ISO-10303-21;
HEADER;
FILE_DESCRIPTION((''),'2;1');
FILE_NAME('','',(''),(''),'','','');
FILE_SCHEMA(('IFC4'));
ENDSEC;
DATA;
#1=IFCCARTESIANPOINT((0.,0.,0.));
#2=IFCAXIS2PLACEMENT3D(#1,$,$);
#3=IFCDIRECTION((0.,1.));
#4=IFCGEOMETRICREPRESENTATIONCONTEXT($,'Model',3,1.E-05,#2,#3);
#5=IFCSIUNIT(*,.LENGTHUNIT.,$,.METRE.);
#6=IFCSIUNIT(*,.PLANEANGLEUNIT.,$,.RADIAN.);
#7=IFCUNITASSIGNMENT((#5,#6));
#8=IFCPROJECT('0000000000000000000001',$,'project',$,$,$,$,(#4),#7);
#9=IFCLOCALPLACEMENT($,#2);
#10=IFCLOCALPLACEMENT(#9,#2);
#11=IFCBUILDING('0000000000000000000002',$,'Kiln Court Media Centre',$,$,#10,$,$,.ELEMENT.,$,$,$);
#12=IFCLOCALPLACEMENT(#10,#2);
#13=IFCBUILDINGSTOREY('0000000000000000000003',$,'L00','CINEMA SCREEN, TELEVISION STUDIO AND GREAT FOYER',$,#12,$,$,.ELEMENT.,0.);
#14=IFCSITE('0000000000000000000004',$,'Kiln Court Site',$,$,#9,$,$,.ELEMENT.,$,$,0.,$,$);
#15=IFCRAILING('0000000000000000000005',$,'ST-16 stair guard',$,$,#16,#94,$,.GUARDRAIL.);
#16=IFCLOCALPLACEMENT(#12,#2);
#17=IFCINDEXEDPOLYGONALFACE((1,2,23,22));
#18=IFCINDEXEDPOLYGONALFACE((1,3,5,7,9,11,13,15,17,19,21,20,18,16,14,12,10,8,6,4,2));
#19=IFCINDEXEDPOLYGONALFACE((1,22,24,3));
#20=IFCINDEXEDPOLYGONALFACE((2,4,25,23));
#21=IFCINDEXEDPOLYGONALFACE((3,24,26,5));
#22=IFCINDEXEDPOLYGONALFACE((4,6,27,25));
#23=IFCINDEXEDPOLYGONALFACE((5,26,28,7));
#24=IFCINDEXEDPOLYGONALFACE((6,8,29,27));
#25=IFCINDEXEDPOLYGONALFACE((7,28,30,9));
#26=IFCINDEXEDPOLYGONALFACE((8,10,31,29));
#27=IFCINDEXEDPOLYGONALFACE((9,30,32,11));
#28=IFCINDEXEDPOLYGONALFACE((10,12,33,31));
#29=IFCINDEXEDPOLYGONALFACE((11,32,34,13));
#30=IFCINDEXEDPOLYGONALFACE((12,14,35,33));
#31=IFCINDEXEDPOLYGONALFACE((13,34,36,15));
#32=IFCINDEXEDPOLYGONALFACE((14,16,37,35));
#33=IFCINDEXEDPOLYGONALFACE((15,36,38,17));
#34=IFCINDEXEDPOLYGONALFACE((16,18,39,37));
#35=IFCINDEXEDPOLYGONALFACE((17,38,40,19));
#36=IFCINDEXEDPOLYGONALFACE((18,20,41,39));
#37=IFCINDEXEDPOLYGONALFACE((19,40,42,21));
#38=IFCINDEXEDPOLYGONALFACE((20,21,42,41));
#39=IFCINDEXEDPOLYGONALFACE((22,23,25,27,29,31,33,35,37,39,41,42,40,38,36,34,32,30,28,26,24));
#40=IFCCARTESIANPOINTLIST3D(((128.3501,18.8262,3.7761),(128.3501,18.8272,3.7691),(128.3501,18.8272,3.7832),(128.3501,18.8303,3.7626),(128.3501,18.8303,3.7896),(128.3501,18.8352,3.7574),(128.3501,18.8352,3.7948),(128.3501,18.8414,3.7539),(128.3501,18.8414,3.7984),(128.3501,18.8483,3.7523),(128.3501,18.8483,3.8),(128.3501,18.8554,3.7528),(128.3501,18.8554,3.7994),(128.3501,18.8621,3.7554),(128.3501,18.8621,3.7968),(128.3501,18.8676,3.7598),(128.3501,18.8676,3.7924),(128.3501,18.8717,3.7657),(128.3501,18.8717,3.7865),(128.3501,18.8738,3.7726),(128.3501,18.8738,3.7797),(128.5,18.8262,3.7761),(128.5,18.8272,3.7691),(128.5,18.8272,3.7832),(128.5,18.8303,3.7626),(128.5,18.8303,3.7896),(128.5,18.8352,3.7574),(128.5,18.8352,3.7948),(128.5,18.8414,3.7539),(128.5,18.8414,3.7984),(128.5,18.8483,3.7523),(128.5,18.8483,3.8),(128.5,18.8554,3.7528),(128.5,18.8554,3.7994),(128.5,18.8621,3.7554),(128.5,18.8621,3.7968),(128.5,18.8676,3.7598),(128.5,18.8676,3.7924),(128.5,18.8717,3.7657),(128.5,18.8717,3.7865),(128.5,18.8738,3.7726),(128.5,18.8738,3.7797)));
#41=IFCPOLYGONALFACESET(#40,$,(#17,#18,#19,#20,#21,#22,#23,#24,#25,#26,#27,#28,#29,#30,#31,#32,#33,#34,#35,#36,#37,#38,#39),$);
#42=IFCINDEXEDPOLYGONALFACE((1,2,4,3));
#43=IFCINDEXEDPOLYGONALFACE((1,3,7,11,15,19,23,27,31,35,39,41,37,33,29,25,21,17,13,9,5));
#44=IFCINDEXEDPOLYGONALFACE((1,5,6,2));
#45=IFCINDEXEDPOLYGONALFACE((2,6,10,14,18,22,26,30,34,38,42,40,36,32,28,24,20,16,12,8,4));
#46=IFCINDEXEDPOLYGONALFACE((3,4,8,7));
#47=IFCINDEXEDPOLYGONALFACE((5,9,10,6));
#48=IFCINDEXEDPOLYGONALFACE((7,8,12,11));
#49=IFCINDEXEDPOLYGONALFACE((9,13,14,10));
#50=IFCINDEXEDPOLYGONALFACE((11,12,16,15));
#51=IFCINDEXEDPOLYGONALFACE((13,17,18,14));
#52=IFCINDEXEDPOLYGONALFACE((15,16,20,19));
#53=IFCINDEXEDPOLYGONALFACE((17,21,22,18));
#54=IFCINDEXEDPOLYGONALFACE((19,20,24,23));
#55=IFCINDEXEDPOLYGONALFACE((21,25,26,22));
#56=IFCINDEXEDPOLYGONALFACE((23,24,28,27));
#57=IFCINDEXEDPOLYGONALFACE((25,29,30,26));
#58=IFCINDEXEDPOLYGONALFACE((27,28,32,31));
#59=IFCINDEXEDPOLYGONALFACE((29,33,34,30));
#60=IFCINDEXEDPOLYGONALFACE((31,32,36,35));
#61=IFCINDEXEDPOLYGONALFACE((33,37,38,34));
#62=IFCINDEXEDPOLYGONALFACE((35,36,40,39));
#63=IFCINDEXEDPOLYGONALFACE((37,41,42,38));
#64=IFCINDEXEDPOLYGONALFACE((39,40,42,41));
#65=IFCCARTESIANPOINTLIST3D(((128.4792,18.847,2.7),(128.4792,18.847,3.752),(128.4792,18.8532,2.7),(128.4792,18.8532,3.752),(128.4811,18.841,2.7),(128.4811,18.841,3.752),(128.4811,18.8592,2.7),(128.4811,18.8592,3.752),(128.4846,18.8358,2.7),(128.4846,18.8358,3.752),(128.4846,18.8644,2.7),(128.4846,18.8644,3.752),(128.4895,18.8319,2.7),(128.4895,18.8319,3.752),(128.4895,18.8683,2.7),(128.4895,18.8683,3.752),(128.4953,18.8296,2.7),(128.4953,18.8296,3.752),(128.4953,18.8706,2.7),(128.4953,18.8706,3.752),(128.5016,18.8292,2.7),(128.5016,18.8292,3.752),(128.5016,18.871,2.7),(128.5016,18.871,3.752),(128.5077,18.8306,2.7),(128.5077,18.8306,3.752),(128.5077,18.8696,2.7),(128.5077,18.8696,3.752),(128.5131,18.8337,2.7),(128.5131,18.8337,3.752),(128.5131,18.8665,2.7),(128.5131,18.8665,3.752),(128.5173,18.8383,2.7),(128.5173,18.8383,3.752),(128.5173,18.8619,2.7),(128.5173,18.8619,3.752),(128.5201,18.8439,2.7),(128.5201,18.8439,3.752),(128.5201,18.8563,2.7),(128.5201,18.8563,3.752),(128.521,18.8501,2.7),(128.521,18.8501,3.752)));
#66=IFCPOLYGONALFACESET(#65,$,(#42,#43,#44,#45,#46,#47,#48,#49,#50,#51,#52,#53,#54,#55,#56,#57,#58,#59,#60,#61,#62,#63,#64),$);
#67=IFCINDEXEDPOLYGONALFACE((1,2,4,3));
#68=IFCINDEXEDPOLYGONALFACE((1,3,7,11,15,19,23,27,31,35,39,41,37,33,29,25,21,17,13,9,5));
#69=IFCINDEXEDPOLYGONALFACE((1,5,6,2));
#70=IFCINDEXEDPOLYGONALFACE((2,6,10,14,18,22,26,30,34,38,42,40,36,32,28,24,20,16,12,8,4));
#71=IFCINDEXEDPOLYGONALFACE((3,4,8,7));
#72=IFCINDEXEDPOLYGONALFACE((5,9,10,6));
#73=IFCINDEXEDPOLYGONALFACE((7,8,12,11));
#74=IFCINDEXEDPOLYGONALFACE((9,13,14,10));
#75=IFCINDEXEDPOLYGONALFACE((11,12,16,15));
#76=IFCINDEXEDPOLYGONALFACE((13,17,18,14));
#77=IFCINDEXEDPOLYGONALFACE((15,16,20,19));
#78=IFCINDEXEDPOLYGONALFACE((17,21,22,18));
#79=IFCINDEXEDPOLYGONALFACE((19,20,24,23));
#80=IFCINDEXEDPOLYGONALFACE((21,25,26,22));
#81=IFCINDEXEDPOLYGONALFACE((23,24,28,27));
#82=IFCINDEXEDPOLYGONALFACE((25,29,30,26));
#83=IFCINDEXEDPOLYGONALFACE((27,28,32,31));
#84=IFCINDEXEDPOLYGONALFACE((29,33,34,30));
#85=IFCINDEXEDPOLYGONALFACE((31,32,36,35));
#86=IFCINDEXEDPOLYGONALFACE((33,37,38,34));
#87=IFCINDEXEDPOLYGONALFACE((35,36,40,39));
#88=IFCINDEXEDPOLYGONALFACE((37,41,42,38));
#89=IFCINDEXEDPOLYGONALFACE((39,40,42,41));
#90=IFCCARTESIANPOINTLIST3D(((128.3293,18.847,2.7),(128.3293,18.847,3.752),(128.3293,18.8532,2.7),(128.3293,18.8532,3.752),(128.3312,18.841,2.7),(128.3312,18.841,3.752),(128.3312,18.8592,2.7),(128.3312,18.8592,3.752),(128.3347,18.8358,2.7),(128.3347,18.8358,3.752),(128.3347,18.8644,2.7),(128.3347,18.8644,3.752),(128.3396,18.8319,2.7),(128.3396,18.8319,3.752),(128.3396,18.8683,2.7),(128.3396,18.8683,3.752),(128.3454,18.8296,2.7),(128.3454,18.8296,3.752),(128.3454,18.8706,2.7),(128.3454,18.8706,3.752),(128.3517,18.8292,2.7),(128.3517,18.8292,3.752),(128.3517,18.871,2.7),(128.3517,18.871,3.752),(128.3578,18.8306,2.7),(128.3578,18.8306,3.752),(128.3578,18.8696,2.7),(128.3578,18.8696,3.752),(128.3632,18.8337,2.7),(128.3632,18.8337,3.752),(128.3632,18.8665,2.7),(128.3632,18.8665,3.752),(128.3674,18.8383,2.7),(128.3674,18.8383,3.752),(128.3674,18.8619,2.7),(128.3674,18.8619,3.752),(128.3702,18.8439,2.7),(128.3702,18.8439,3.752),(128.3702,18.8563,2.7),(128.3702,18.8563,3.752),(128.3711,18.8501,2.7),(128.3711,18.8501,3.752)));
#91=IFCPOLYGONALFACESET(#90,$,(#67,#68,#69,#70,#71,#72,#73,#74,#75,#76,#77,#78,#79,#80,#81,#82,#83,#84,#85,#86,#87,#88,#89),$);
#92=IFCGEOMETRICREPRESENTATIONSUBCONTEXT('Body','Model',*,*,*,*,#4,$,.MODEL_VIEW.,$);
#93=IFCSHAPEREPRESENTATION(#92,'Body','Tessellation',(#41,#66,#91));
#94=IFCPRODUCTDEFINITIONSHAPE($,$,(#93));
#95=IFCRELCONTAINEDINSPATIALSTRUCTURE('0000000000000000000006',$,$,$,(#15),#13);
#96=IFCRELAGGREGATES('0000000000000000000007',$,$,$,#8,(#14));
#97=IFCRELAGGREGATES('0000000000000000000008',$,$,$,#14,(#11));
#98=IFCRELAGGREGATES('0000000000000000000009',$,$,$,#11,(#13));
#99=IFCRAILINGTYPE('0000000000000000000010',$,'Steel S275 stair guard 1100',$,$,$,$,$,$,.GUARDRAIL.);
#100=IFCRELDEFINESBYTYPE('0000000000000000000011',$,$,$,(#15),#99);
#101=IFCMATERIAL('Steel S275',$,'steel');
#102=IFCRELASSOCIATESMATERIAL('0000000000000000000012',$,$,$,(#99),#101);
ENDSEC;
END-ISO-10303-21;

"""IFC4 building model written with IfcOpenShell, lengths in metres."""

from ifc_helpers import new_model, si_unit, direction, frame, origin, origin_2d, place, context, subcontext, project, spatial, circle, extrude, material, type_object, element, save


model = new_model("IFC4")

# Units and contexts
model_context = context("Model", 3, precision=1e-05, world=origin(), true_north=direction((0.0, 1.0)))
body_context = subcontext(model_context, "Body", "Model", "MODEL_VIEW")
ifc_project = project(units=[si_unit("LENGTHUNIT", "METRE"), si_unit("PLANEANGLEUNIT", "RADIAN")], contexts=[model_context])

# Site, building, storey
site_placement = place(None, origin())
site = spatial("IfcSite", under=ifc_project, at=site_placement, Name="Kiln Court Site", CompositionType="ELEMENT", RefElevation=0.0)
building_placement = place(site_placement, origin())
building = spatial("IfcBuilding", under=site, at=building_placement, Name="Kiln Court Media Centre", CompositionType="ELEMENT")
storey_placement = place(building_placement, origin())
storey = spatial("IfcBuildingStorey", under=building, at=storey_placement, Name="L00", Description="CINEMA SCREEN, TELEVISION STUDIO AND GREAT FOYER", CompositionType="ELEMENT", Elevation=0.0)

# Railing
ifc_material_1 = material(Name="Steel S275", Category="steel")
railing_type_1 = type_object("IfcRailingType", Name="Steel S275 stair guard 1100", PredefinedType="GUARDRAIL", material=ifc_material_1)
railing_1_placement = place(storey_placement, frame((128.5, 18.8501, 2.7)))
element("IfcRailing", 1, at=railing_1_placement, inside=storey, type_object=railing_type_1, Name="ST-16 stair guard", PredefinedType="GUARDRAIL", context=body_context, shape_type="SweptSolid", body=[
    extrude(circle(Radius=0.0239, at=origin_2d()), frame((0.0, 0.0, 1.0762), z_axis=(-1.0, 0.0, 0.0), x_axis=(0.0, -1.0, 0.0)), (0.0, 0.0, 1.0), 0.1499),
    extrude(circle(Radius=0.021, at=origin_2d()), origin(), (0.0, 0.0, 1.0), 1.052),
    extrude(circle(Radius=0.021, at=origin_2d()), frame((-0.1499, 0.0, 0.0)), (0.0, 0.0, 1.0), 1.052),
])

save(model, "model.ifc")
